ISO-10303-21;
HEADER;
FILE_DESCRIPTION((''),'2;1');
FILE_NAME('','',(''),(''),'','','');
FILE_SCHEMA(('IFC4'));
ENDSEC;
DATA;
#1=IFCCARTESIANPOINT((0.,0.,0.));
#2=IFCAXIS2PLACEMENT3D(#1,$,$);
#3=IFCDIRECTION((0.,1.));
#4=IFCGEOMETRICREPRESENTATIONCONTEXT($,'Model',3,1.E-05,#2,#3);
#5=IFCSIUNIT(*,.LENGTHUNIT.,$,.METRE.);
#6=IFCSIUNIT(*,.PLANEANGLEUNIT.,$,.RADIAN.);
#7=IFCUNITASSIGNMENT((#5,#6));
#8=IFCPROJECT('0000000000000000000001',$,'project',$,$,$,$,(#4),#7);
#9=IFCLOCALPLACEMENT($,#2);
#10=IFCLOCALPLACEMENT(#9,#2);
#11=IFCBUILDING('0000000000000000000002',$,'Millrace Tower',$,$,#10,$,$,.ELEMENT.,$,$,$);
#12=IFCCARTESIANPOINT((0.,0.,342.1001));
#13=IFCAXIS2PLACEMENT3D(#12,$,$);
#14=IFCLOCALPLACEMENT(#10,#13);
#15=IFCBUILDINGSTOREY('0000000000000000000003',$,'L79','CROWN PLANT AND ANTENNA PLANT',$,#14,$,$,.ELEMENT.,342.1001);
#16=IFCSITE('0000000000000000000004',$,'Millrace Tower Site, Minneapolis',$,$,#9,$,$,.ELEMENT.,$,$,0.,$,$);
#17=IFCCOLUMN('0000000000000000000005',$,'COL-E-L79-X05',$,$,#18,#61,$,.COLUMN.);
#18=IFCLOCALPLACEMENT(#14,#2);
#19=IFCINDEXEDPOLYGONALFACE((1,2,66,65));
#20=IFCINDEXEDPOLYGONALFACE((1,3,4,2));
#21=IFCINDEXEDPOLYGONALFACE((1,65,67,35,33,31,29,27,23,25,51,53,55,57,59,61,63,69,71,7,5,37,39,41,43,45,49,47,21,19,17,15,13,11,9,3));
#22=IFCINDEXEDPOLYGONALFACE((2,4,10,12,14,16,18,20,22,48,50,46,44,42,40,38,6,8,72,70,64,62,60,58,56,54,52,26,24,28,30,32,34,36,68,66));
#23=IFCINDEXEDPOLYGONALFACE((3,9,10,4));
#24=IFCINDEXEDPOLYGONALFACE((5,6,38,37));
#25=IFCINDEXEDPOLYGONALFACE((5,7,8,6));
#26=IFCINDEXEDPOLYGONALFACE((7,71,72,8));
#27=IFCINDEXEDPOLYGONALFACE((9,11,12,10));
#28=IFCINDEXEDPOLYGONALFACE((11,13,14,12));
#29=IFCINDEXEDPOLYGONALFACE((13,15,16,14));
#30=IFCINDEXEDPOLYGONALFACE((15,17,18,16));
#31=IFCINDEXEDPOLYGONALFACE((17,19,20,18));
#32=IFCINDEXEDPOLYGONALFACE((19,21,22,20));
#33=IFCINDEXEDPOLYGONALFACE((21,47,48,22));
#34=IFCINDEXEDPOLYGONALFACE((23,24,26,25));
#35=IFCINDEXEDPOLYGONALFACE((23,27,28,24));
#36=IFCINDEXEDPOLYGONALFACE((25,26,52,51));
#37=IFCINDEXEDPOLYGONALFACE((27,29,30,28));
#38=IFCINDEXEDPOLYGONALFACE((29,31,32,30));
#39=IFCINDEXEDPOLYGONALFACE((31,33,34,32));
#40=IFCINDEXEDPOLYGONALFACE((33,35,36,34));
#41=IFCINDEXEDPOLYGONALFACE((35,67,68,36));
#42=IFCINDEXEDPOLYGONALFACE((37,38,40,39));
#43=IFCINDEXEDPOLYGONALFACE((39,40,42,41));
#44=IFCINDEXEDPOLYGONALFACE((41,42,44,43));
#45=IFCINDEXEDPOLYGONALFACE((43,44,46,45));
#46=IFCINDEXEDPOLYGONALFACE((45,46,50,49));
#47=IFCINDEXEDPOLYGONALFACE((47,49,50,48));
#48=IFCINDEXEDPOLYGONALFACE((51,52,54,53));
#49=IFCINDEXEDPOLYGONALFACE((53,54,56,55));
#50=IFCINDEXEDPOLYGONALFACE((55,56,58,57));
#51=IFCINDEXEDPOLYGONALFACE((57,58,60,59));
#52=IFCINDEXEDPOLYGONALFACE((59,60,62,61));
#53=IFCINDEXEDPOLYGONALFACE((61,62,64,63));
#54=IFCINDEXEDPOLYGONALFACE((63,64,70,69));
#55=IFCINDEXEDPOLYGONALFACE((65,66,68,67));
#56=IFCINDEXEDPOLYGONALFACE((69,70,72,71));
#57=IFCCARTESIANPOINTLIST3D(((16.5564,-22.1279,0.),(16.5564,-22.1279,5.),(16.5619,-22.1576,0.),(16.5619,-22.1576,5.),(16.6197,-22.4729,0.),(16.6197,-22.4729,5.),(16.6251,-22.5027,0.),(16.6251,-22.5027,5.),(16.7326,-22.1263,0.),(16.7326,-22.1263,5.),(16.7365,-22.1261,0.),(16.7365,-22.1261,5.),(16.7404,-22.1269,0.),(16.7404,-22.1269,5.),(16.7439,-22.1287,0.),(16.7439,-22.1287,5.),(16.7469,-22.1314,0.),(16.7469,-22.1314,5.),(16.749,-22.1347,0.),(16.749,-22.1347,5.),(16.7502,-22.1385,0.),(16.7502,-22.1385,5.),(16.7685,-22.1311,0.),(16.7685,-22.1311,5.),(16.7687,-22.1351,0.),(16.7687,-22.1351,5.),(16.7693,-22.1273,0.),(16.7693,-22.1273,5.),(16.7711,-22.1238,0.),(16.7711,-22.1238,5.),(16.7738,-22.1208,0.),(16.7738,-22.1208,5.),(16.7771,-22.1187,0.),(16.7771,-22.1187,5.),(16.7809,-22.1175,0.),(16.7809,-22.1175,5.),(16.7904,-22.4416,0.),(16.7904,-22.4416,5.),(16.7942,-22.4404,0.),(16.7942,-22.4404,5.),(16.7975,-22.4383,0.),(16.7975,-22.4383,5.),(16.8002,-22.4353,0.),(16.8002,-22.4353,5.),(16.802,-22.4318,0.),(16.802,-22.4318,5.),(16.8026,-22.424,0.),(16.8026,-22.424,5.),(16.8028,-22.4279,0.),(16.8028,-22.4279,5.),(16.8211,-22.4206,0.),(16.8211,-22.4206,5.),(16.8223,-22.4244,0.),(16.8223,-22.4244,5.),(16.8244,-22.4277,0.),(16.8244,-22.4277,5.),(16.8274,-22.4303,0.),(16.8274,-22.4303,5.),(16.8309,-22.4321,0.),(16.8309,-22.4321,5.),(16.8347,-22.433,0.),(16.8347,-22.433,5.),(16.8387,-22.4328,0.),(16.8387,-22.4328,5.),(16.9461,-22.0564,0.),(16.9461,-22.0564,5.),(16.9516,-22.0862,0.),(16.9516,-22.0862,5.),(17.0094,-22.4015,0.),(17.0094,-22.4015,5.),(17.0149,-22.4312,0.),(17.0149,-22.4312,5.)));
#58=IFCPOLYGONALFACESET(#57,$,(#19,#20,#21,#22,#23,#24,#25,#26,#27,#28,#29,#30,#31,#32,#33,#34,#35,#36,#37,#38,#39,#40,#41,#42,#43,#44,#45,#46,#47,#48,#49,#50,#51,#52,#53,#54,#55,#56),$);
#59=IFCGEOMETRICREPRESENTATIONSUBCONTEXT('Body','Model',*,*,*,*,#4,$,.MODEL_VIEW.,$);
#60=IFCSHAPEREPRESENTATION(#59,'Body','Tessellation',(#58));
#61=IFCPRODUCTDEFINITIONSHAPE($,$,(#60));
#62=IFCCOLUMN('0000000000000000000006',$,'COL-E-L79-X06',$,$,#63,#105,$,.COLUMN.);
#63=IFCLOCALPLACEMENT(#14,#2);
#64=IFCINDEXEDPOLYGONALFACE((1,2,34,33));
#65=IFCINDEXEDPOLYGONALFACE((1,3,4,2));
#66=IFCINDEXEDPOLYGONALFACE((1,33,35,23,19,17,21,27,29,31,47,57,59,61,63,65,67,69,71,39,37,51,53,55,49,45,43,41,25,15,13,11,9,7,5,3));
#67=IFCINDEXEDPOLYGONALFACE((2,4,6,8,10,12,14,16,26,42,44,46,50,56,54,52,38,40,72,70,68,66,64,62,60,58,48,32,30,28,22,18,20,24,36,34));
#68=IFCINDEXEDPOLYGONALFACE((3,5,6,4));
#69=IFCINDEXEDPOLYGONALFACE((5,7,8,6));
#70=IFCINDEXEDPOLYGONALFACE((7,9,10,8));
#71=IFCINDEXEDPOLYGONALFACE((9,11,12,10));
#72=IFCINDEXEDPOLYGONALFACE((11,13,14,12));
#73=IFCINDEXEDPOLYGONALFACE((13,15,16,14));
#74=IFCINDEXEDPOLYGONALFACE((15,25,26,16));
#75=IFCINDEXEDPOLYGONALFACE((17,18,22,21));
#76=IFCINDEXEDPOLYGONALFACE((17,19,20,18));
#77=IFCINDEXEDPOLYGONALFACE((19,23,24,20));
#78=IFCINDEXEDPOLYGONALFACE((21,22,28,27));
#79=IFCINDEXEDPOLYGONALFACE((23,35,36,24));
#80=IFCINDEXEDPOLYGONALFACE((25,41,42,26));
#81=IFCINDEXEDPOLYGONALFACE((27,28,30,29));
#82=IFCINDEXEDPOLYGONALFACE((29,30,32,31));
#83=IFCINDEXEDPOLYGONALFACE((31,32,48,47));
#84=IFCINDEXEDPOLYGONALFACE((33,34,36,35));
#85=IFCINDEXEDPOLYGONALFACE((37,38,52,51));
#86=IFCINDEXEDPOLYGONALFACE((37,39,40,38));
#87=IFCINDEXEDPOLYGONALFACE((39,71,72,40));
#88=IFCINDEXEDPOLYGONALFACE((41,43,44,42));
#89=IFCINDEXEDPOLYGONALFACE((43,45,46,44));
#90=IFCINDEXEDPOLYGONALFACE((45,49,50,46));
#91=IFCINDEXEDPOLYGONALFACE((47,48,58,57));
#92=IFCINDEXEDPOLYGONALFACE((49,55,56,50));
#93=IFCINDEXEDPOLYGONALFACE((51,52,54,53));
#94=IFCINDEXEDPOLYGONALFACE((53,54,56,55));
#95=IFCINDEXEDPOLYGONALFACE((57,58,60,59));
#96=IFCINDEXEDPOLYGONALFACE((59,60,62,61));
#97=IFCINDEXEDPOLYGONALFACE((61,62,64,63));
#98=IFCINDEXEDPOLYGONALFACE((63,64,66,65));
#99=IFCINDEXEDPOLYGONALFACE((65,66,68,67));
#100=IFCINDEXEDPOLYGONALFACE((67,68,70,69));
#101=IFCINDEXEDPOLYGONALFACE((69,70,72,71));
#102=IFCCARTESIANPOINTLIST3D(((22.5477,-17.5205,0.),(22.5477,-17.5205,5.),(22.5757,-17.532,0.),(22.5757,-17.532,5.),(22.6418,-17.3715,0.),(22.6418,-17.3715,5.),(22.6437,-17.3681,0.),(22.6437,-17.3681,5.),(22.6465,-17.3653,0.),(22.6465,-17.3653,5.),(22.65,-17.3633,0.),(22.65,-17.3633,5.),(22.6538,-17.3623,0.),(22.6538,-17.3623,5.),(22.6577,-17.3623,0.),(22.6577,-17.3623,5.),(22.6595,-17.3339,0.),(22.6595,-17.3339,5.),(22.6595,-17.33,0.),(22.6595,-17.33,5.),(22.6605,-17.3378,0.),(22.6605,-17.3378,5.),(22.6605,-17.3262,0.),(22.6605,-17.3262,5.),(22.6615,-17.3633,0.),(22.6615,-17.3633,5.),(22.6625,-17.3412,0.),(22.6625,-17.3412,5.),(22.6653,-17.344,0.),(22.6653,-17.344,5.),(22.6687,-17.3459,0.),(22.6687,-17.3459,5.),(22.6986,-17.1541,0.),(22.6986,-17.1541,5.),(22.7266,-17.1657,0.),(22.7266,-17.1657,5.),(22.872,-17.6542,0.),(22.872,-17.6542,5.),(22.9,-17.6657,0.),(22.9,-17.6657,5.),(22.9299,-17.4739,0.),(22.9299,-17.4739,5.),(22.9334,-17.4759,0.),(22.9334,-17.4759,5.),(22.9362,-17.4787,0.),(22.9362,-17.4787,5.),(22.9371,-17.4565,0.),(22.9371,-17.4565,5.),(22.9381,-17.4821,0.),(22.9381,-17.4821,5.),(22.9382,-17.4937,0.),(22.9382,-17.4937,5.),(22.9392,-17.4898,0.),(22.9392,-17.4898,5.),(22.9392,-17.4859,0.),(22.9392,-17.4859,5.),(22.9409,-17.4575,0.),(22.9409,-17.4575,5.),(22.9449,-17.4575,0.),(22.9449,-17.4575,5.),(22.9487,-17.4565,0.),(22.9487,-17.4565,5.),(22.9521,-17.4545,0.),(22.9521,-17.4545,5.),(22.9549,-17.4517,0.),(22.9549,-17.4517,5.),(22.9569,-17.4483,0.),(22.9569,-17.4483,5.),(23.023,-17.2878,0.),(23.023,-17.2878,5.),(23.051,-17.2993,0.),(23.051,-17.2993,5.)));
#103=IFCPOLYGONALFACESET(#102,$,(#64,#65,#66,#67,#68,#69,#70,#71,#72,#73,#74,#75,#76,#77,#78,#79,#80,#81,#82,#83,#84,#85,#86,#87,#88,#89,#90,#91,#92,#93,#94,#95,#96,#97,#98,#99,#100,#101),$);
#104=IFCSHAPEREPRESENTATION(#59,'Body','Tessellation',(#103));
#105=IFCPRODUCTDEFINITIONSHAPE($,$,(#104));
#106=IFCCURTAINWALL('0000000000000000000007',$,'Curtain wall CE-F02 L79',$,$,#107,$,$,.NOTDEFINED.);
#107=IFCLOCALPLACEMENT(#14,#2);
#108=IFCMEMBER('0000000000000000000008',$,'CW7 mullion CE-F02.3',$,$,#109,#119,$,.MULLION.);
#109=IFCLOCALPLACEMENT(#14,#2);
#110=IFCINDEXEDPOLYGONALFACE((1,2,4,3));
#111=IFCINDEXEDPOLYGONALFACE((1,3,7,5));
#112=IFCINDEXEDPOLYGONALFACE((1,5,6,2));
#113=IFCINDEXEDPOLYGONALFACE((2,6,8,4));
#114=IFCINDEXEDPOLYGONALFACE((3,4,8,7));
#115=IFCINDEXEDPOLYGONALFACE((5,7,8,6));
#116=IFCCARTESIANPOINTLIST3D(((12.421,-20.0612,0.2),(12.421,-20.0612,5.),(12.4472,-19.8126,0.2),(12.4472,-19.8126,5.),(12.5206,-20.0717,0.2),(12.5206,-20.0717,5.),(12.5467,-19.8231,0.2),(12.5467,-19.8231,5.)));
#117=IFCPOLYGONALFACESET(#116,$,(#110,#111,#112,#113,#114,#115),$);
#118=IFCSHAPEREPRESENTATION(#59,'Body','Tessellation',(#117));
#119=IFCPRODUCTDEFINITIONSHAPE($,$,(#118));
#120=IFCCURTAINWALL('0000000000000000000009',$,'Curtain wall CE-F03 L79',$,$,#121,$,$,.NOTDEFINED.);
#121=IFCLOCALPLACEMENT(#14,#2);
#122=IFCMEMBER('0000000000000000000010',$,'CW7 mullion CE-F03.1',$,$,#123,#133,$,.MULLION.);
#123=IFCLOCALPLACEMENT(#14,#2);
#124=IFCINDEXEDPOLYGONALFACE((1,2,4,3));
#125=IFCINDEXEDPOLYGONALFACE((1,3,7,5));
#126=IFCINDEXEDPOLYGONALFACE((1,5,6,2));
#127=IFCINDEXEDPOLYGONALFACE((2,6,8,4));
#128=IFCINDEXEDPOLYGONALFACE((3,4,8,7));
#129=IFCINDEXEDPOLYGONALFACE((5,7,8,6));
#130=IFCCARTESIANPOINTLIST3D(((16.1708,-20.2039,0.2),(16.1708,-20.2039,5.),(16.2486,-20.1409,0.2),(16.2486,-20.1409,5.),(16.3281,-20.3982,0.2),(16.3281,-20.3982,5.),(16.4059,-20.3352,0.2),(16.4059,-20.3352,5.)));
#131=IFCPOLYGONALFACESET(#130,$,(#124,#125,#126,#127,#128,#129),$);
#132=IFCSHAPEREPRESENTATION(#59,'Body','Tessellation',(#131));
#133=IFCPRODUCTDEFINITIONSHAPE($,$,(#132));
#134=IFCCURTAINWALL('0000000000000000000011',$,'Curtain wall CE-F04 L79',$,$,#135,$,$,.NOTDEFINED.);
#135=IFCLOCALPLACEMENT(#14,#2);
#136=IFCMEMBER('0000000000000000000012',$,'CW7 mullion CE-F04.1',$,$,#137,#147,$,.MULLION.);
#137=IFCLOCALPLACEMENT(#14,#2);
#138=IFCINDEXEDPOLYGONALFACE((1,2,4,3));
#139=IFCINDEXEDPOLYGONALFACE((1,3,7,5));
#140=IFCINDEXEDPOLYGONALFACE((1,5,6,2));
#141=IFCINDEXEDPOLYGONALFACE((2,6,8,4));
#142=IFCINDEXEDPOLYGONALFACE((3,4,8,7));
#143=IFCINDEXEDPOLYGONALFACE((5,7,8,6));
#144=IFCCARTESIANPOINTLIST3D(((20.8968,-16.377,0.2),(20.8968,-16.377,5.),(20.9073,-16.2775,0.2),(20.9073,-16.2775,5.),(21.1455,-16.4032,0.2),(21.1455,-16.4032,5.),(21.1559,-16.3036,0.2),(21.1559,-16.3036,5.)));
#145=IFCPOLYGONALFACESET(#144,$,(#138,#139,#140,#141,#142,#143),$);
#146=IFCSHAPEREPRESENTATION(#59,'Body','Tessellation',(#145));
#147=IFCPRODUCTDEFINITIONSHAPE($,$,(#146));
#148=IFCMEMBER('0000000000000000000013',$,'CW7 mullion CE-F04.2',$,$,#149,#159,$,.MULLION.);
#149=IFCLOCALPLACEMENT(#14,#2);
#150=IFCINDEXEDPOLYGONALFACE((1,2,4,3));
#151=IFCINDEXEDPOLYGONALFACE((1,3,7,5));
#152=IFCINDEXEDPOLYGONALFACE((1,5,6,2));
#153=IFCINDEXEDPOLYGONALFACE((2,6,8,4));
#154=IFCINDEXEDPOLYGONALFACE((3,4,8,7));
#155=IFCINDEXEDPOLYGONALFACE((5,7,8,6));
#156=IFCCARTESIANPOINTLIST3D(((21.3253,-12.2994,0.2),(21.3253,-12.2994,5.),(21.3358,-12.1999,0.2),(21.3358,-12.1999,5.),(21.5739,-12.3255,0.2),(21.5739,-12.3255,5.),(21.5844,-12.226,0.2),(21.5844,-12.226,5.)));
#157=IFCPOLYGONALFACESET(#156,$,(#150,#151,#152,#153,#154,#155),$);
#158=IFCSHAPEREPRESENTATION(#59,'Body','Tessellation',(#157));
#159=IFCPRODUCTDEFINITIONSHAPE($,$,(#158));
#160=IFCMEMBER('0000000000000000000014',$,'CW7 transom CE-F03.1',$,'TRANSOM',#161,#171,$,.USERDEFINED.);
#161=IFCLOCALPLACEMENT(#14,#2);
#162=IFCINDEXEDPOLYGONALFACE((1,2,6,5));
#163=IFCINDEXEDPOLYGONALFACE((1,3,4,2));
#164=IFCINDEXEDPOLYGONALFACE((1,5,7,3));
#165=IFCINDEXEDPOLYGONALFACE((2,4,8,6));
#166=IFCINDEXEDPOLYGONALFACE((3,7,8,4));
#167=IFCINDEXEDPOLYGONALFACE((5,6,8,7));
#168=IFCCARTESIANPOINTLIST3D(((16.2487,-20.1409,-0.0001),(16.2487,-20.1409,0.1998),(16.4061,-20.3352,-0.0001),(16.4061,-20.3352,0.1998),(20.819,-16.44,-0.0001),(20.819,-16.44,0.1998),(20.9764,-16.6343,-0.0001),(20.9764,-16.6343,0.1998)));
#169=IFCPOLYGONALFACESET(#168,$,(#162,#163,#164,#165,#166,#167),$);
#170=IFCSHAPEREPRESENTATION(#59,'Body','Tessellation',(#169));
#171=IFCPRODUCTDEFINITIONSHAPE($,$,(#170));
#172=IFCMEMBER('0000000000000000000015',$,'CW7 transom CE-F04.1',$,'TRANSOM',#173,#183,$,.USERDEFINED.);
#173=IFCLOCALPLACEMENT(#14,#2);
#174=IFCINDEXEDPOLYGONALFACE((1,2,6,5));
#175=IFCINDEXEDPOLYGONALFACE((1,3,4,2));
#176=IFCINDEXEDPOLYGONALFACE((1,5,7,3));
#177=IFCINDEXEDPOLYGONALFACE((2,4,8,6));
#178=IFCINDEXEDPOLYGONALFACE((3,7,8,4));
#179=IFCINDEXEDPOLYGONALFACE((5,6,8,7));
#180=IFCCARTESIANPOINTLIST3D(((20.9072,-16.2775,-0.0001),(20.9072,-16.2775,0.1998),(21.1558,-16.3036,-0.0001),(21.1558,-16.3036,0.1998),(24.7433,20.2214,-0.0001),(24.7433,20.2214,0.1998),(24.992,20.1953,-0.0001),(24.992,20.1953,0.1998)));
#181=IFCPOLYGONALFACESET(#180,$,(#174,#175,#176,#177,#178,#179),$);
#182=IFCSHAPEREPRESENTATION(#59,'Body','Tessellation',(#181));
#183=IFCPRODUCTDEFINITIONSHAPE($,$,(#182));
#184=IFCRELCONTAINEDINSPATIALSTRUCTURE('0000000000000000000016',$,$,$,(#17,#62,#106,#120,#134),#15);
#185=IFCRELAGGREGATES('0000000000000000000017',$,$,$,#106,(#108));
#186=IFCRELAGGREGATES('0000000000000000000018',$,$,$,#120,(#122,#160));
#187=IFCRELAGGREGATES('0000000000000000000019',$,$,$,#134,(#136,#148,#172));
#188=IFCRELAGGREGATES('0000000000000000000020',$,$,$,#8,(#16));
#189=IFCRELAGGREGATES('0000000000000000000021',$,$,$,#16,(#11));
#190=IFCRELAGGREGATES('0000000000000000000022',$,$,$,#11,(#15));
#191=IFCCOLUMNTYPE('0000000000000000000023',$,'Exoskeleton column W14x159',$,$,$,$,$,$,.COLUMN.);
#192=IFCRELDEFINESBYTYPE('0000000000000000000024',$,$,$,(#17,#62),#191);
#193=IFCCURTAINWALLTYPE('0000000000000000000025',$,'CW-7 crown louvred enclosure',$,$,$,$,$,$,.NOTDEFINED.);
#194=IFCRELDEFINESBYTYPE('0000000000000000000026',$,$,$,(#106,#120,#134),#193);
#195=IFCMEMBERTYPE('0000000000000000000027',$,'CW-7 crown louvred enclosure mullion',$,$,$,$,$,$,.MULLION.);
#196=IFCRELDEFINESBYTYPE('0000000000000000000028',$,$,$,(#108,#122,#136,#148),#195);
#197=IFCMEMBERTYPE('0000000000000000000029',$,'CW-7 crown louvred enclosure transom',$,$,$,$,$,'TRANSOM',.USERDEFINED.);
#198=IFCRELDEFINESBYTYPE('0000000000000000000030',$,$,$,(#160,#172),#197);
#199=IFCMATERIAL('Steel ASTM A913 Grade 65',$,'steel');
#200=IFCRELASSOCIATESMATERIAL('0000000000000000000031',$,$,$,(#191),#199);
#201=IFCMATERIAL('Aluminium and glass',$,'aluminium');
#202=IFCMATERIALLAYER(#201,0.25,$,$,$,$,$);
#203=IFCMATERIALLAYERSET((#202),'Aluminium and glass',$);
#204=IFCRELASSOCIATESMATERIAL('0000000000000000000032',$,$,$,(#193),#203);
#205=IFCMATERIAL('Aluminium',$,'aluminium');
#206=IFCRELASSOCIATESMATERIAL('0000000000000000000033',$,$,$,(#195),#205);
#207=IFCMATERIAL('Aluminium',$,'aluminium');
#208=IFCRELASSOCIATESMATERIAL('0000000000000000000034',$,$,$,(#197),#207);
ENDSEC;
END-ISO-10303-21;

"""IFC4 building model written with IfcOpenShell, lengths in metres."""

from ifc_helpers import new_model, si_unit, direction, frame, origin, origin_2d, place, context, subcontext, project, spatial, rectangle, i_section, extrude, material, layer, layer_set, material_profile, profile_set, type_object, element, aggregate, save


model = new_model("IFC4")

# Units and contexts
model_context = context("Model", 3, precision=1e-05, world=origin(), true_north=direction((0.0, 1.0)))
body_context = subcontext(model_context, "Body", "Model", "MODEL_VIEW")
ifc_project = project(units=[si_unit("LENGTHUNIT", "METRE"), si_unit("PLANEANGLEUNIT", "RADIAN")], contexts=[model_context])

# Site, building, storey
site_placement = place(None, origin())
site = spatial("IfcSite", under=ifc_project, at=site_placement, Name="Millrace Tower Site, Minneapolis", CompositionType="ELEMENT", RefElevation=0.0)
building_placement = place(site_placement, origin())
building = spatial("IfcBuilding", under=site, at=building_placement, Name="Millrace Tower", CompositionType="ELEMENT")
storey_placement = place(building_placement, frame((0.0, 0.0, 342.1001)))
storey = spatial("IfcBuildingStorey", under=building, at=storey_placement, Name="L79", Description="CROWN PLANT AND ANTENNA PLANT", CompositionType="ELEMENT", Elevation=342.1001)

# Columns
ifc_material_1 = material(Name="Steel ASTM A913 Grade 65", Category="steel")
ifc_material_profile_1 = material_profile(ifc_material_1, i_section(OverallWidth=0.3962, OverallDepth=0.3811, WebThickness=0.0188, FlangeThickness=0.0303, FilletRadius=0.0151, at=origin_2d()))
ifc_profile_set_1 = profile_set([ifc_material_profile_1], Name="Steel ASTM A913 Grade 65")
column_type = type_object("IfcColumnType", Name="Exoskeleton column W14x159", PredefinedType="COLUMN", material=ifc_profile_set_1)
for number, where, z_axis, x_axis, name in (
    (1, (16.7856, -22.2795, 0.0), (0.0, 0.0, 1.0), (0.983596, 0.180387, 0.0), "COL-E-L79-X05"),
    (2, (22.7993, -17.4099, 0.0), (0.0, 0.0, 1.0), (0.380947, 0.924597, 0.0), "COL-E-L79-X06"),
):
    element("IfcColumn", number, at=place(storey_placement, frame(where, z_axis=z_axis, x_axis=x_axis)), inside=storey, type_object=column_type, Name=name, PredefinedType="COLUMN", context=body_context, shape_type="SweptSolid", body=[
        extrude(i_section(OverallWidth=0.3962, OverallDepth=0.3811, WebThickness=0.0188, FlangeThickness=0.0303, FilletRadius=0.0151, at=origin_2d()), origin(), (0.0, 0.0, 1.0), 5.0),
    ])

# Curtain walls, members
ifc_material_2 = material(Name="Aluminium and glass", Category="aluminium")
ifc_layer_1 = layer(ifc_material_2, 0.25)
ifc_layer_set_1 = layer_set([ifc_layer_1], Name="Aluminium and glass")
curtain_wall_type = type_object("IfcCurtainWallType", Name="CW-7 crown louvred enclosure", PredefinedType="NOTDEFINED", material=ifc_layer_set_1)
placement = place(storey_placement, origin())
curtain_wall_1 = element("IfcCurtainWall", 3, at=placement, inside=storey, type_object=curtain_wall_type, Name="Curtain wall CE-F02 L79", PredefinedType="NOTDEFINED")
ifc_material_3 = material(Name="Aluminium", Category="aluminium")
ifc_material_profile_2 = material_profile(ifc_material_3, rectangle(XDim=0.1001, YDim=0.25, at=origin_2d()))
ifc_profile_set_2 = profile_set([ifc_material_profile_2], Name="Aluminium")
member_type_1 = type_object("IfcMemberType", Name="CW-7 crown louvred enclosure mullion", PredefinedType="MULLION", material=ifc_profile_set_2)
member_1_placement = place(storey_placement, frame((12.4839, -19.9421, 0.2), z_axis=(0.0, 0.0, 1.0), x_axis=(0.994522, -0.104528, 0.0)))
member_1 = element("IfcMember", 4, at=member_1_placement, type_object=member_type_1, Name="CW7 mullion CE-F02.3", PredefinedType="MULLION", context=body_context, shape_type="SweptSolid", body=[
    extrude(rectangle(XDim=0.1001, YDim=0.25, at=origin_2d()), origin(), (0.0, 0.0, 1.0), 4.8),
])
aggregate(curtain_wall_1, [member_1])
curtain_wall_2 = element("IfcCurtainWall", 5, at=placement, inside=storey, type_object=curtain_wall_type, Name="Curtain wall CE-F03 L79", PredefinedType="NOTDEFINED")
member_2_placement = place(storey_placement, frame((16.2883, -20.2695, 0.2), z_axis=(0.0, 0.0, 1.0), x_axis=(0.777146, 0.62932, 0.0)))
member_2 = element("IfcMember", 6, at=member_2_placement, type_object=member_type_1, Name="CW7 mullion CE-F03.1", PredefinedType="MULLION", context=body_context, shape_type="SweptSolid", body=[
    extrude(rectangle(XDim=0.1001, YDim=0.25, at=origin_2d()), origin(), (0.0, 0.0, 1.0), 4.8),
])

# Curtain wall, members
curtain_wall_3 = element("IfcCurtainWall", 7, at=placement, inside=storey, type_object=curtain_wall_type, Name="Curtain wall CE-F04 L79", PredefinedType="NOTDEFINED")
member_3_placement = place(storey_placement, frame((21.0264, -16.3403, 0.2), z_axis=(0.0, 0.0, 1.0), x_axis=(0.104528, 0.994522, 0.0)))
member_3 = element("IfcMember", 8, at=member_3_placement, type_object=member_type_1, Name="CW7 mullion CE-F04.1", PredefinedType="MULLION", context=body_context, shape_type="SweptSolid", body=[
    extrude(rectangle(XDim=0.1001, YDim=0.25, at=origin_2d()), origin(), (0.0, 0.0, 1.0), 4.8),
])
member_4_placement = place(storey_placement, frame((21.4548, -12.2627, 0.2), z_axis=(0.0, 0.0, 1.0), x_axis=(0.104528, 0.994522, 0.0)))
member_4 = element("IfcMember", 9, at=member_4_placement, type_object=member_type_1, Name="CW7 mullion CE-F04.2", PredefinedType="MULLION", context=body_context, shape_type="SweptSolid", body=[
    extrude(rectangle(XDim=0.1001, YDim=0.25, at=origin_2d()), origin(), (0.0, 0.0, 1.0), 4.8),
])

# Members
ifc_material_4 = material(Name="Aluminium", Category="aluminium")
ifc_material_profile_3 = material_profile(ifc_material_4, rectangle(XDim=0.25, YDim=0.2, at=origin_2d()))
ifc_profile_set_3 = profile_set([ifc_material_profile_3], Name="Aluminium")
member_type_2 = type_object("IfcMemberType", Name="CW-7 crown louvred enclosure transom", ElementType="TRANSOM", PredefinedType="USERDEFINED", material=ifc_profile_set_3)
member_5_placement = place(storey_placement, frame((16.3274, -20.238, 0.0999), z_axis=(0.777149, 0.629316, 0.0), x_axis=(-0.629316, 0.777149, 0.0)))
member_5 = element("IfcMember", 10, at=member_5_placement, type_object=member_type_2, Name="CW7 transom CE-F03.1", ObjectType="TRANSOM", PredefinedType="USERDEFINED", context=body_context, shape_type="SweptSolid", body=[
    extrude(rectangle(XDim=0.25, YDim=0.2, at=origin_2d()), origin(), (0.0, 0.0, 1.0), 5.8809),
])
aggregate(curtain_wall_2, [member_2, member_5])
member_6_placement = place(storey_placement, frame((21.0315, -16.2905, 0.0999), z_axis=(0.104528, 0.994522, 0.0), x_axis=(-0.994522, 0.104528, 0.0)))
member_6 = element("IfcMember", 11, at=member_6_placement, type_object=member_type_2, Name="CW7 transom CE-F04.1", ObjectType="TRANSOM", PredefinedType="USERDEFINED", context=body_context, shape_type="SweptSolid", body=[
    extrude(rectangle(XDim=0.25, YDim=0.2, at=origin_2d()), origin(), (0.0, 0.0, 1.0), 36.7),
])
aggregate(curtain_wall_3, [member_3, member_4, member_6])

save(model, "model.ifc")
